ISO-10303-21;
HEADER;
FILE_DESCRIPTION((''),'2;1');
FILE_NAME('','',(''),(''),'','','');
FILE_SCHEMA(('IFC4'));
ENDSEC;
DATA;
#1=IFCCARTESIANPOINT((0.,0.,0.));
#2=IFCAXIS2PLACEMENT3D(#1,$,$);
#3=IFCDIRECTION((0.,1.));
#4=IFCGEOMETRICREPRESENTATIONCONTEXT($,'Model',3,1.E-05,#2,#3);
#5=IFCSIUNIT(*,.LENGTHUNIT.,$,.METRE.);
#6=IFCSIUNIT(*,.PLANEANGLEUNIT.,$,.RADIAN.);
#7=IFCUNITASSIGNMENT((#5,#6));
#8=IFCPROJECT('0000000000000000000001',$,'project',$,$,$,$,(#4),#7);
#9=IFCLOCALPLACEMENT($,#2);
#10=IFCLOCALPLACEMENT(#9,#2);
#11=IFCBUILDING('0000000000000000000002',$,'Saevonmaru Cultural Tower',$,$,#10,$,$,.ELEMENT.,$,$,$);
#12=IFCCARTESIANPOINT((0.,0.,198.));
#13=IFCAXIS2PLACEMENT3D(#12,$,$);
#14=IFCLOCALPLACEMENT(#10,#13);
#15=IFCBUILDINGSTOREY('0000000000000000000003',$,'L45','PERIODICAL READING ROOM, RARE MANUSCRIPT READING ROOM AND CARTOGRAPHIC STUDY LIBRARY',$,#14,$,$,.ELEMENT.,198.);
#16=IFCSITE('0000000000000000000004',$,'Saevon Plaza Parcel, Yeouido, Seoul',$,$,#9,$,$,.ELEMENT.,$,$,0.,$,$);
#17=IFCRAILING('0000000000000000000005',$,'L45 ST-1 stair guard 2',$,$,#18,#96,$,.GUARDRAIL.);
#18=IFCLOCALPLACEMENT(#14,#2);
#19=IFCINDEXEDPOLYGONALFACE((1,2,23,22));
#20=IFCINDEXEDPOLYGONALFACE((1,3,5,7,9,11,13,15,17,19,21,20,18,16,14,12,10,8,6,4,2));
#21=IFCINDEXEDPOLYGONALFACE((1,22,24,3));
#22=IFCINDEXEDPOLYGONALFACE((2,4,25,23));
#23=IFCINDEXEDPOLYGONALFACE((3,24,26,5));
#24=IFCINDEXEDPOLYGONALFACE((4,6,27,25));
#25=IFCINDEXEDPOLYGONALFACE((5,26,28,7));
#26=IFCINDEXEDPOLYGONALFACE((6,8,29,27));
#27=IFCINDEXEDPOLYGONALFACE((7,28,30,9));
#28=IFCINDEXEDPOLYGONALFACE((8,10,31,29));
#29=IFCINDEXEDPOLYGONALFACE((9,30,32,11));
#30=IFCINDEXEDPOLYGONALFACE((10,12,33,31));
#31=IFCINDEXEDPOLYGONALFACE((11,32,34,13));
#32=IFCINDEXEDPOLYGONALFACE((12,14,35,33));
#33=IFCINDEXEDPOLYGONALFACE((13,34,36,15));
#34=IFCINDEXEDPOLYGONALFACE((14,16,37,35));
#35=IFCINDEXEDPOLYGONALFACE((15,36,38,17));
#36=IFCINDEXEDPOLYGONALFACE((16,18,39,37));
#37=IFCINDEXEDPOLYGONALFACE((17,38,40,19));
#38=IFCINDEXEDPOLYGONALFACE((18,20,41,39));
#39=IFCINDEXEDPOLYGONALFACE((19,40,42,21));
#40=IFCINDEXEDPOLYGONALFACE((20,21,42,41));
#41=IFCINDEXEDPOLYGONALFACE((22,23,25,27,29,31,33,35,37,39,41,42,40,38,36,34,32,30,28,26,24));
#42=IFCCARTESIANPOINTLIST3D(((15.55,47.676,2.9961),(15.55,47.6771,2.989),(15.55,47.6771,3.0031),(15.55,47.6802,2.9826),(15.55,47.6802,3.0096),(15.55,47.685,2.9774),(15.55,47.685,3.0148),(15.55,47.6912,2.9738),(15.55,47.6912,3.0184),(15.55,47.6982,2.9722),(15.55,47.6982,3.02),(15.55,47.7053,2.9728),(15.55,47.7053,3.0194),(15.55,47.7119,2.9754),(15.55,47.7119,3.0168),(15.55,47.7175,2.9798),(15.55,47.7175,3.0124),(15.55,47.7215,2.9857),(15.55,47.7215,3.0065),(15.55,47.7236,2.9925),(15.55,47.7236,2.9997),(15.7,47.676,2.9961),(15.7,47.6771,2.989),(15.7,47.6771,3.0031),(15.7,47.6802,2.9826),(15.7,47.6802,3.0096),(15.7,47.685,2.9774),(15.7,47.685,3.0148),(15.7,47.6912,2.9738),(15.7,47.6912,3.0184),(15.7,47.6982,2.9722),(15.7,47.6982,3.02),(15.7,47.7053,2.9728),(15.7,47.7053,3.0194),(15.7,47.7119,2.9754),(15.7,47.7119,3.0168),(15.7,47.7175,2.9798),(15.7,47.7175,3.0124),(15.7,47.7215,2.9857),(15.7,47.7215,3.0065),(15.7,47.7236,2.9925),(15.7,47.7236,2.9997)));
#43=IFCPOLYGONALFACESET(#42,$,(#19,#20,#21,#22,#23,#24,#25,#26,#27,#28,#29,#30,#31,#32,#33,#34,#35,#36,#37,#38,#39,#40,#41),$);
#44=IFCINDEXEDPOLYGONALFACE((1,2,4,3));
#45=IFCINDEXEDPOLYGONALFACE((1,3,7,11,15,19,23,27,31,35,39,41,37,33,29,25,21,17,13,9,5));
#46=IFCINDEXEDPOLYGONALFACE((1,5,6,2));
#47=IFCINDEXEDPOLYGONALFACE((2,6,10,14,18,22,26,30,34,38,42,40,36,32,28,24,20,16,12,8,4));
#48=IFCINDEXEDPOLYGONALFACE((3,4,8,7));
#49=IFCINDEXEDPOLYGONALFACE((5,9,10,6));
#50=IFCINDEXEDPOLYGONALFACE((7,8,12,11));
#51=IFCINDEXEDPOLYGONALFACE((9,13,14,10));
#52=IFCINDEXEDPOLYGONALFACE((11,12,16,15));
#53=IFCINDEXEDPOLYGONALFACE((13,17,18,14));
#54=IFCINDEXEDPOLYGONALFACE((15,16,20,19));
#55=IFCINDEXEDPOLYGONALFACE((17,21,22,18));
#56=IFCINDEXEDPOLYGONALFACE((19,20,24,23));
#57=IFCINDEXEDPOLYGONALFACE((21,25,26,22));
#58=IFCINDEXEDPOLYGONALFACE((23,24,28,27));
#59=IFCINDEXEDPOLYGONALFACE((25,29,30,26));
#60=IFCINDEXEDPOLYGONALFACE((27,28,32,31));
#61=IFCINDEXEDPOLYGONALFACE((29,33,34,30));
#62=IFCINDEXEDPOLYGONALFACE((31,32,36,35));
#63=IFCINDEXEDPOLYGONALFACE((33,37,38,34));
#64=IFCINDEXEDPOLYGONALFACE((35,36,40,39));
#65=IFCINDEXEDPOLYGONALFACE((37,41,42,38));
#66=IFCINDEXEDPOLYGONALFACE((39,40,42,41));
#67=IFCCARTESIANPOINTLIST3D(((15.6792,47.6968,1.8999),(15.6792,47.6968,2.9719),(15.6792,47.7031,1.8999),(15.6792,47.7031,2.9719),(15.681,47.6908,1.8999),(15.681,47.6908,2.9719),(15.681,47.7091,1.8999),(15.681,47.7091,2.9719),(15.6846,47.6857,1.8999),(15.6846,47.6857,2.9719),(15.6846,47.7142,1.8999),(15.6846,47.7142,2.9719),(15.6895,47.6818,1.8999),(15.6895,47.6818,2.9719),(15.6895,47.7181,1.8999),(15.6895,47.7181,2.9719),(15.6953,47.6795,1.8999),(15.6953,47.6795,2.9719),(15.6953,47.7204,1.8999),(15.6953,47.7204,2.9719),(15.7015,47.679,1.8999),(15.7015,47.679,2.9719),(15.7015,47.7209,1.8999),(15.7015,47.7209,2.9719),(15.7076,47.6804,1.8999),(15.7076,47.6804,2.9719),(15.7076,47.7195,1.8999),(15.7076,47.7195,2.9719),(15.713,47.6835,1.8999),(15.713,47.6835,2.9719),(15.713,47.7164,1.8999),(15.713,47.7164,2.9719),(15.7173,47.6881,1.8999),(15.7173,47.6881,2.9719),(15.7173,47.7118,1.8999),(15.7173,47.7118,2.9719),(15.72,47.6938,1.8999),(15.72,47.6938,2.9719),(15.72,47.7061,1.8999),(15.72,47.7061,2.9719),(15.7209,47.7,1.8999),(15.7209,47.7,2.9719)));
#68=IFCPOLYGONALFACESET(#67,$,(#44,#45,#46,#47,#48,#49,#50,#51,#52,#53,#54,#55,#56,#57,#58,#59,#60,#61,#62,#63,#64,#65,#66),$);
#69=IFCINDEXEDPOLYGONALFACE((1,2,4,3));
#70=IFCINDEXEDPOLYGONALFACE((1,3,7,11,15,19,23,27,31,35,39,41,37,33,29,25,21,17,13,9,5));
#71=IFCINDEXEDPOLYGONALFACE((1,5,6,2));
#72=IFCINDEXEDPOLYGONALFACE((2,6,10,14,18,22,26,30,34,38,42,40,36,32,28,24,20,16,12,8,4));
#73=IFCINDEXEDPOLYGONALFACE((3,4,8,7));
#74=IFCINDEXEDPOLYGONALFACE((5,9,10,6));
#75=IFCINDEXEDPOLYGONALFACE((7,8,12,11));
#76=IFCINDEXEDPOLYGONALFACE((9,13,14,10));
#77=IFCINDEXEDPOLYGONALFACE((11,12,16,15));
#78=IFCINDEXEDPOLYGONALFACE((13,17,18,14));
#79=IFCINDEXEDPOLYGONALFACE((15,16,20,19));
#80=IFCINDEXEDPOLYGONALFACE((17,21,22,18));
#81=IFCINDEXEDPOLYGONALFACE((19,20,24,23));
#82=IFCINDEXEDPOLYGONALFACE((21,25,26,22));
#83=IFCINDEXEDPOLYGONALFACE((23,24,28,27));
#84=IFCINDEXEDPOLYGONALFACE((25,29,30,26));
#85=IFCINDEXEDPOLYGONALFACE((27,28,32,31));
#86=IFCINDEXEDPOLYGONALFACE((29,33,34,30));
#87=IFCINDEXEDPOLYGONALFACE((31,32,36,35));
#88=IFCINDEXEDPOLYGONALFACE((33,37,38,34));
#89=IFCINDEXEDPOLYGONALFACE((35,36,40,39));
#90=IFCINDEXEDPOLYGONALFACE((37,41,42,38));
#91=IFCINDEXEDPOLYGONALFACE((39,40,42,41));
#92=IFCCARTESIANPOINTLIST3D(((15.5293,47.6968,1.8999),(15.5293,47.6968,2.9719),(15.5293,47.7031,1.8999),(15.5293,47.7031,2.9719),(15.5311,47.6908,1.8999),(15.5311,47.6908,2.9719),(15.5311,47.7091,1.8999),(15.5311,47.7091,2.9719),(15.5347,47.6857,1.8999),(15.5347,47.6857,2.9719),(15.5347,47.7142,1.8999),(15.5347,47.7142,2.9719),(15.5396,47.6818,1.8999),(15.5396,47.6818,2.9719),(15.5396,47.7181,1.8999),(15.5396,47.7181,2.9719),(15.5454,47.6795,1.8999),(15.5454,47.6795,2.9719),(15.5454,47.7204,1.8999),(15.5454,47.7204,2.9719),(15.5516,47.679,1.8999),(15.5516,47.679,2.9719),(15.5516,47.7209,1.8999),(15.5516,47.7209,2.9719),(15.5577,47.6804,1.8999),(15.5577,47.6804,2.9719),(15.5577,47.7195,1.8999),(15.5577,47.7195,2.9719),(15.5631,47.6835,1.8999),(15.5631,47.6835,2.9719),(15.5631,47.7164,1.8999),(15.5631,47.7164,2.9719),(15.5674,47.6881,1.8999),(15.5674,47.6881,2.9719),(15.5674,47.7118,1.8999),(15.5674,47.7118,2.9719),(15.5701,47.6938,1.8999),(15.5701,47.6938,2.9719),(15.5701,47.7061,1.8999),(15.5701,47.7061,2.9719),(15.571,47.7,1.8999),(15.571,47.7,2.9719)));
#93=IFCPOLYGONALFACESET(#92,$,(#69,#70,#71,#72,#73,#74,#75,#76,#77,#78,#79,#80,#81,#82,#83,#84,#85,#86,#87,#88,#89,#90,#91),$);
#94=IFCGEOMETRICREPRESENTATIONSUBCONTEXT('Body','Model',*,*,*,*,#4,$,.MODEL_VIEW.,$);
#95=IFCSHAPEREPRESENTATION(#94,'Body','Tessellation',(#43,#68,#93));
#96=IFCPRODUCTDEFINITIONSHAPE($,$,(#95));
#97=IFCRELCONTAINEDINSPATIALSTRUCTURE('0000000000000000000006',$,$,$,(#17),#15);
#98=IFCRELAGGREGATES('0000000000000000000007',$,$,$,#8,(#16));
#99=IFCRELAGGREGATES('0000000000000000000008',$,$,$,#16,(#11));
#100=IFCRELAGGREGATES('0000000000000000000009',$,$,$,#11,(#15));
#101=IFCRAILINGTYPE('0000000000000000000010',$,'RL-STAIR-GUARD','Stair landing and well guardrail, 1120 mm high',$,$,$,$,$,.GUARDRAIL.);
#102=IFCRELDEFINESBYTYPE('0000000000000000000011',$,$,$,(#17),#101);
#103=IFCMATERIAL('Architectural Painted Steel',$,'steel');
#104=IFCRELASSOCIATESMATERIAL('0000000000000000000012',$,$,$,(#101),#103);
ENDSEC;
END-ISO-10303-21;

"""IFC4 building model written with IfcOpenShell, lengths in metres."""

from ifc_helpers import new_model, si_unit, direction, frame, origin, origin_2d, place, context, subcontext, project, spatial, circle, extrude, material, type_object, element, save


model = new_model("IFC4")

# Units and contexts
model_context = context("Model", 3, precision=1e-05, world=origin(), true_north=direction((0.0, 1.0)))
body_context = subcontext(model_context, "Body", "Model", "MODEL_VIEW")
ifc_project = project(units=[si_unit("LENGTHUNIT", "METRE"), si_unit("PLANEANGLEUNIT", "RADIAN")], contexts=[model_context])

# Site, building, storey
site_placement = place(None, origin())
site = spatial("IfcSite", under=ifc_project, at=site_placement, Name="Saevon Plaza Parcel, Yeouido, Seoul", CompositionType="ELEMENT", RefElevation=0.0)
building_placement = place(site_placement, origin())
building = spatial("IfcBuilding", under=site, at=building_placement, Name="Saevonmaru Cultural Tower", CompositionType="ELEMENT")
storey_placement = place(building_placement, frame((0.0, 0.0, 198.0)))
storey = spatial("IfcBuildingStorey", under=building, at=storey_placement, Name="L45", Description="PERIODICAL READING ROOM, RARE MANUSCRIPT READING ROOM AND CARTOGRAPHIC STUDY LIBRARY", CompositionType="ELEMENT", Elevation=198.0)

# Railing
ifc_material_1 = material(Name="Architectural Painted Steel", Category="steel")
railing_type_1 = type_object("IfcRailingType", Name="RL-STAIR-GUARD", Description="Stair landing and well guardrail, 1120 mm high", PredefinedType="GUARDRAIL", material=ifc_material_1)
railing_1_placement = place(storey_placement, frame((15.7, 47.7, 1.8999)))
element("IfcRailing", 1, at=railing_1_placement, inside=storey, type_object=railing_type_1, Name="L45 ST-1 stair guard 2", PredefinedType="GUARDRAIL", context=body_context, shape_type="SweptSolid", body=[
    extrude(circle(Radius=0.0239, at=origin_2d()), frame((0.0, 0.0, 1.0962), z_axis=(-1.0, 0.0, 0.0), x_axis=(0.0, -1.0, 0.0)), (0.0, 0.0, 1.0), 0.1499),
    extrude(circle(Radius=0.021, at=origin_2d()), origin(), (0.0, 0.0, 1.0), 1.072),
    extrude(circle(Radius=0.021, at=origin_2d()), frame((-0.1499, 0.0, 0.0)), (0.0, 0.0, 1.0), 1.072),
])

save(model, "model.ifc")
